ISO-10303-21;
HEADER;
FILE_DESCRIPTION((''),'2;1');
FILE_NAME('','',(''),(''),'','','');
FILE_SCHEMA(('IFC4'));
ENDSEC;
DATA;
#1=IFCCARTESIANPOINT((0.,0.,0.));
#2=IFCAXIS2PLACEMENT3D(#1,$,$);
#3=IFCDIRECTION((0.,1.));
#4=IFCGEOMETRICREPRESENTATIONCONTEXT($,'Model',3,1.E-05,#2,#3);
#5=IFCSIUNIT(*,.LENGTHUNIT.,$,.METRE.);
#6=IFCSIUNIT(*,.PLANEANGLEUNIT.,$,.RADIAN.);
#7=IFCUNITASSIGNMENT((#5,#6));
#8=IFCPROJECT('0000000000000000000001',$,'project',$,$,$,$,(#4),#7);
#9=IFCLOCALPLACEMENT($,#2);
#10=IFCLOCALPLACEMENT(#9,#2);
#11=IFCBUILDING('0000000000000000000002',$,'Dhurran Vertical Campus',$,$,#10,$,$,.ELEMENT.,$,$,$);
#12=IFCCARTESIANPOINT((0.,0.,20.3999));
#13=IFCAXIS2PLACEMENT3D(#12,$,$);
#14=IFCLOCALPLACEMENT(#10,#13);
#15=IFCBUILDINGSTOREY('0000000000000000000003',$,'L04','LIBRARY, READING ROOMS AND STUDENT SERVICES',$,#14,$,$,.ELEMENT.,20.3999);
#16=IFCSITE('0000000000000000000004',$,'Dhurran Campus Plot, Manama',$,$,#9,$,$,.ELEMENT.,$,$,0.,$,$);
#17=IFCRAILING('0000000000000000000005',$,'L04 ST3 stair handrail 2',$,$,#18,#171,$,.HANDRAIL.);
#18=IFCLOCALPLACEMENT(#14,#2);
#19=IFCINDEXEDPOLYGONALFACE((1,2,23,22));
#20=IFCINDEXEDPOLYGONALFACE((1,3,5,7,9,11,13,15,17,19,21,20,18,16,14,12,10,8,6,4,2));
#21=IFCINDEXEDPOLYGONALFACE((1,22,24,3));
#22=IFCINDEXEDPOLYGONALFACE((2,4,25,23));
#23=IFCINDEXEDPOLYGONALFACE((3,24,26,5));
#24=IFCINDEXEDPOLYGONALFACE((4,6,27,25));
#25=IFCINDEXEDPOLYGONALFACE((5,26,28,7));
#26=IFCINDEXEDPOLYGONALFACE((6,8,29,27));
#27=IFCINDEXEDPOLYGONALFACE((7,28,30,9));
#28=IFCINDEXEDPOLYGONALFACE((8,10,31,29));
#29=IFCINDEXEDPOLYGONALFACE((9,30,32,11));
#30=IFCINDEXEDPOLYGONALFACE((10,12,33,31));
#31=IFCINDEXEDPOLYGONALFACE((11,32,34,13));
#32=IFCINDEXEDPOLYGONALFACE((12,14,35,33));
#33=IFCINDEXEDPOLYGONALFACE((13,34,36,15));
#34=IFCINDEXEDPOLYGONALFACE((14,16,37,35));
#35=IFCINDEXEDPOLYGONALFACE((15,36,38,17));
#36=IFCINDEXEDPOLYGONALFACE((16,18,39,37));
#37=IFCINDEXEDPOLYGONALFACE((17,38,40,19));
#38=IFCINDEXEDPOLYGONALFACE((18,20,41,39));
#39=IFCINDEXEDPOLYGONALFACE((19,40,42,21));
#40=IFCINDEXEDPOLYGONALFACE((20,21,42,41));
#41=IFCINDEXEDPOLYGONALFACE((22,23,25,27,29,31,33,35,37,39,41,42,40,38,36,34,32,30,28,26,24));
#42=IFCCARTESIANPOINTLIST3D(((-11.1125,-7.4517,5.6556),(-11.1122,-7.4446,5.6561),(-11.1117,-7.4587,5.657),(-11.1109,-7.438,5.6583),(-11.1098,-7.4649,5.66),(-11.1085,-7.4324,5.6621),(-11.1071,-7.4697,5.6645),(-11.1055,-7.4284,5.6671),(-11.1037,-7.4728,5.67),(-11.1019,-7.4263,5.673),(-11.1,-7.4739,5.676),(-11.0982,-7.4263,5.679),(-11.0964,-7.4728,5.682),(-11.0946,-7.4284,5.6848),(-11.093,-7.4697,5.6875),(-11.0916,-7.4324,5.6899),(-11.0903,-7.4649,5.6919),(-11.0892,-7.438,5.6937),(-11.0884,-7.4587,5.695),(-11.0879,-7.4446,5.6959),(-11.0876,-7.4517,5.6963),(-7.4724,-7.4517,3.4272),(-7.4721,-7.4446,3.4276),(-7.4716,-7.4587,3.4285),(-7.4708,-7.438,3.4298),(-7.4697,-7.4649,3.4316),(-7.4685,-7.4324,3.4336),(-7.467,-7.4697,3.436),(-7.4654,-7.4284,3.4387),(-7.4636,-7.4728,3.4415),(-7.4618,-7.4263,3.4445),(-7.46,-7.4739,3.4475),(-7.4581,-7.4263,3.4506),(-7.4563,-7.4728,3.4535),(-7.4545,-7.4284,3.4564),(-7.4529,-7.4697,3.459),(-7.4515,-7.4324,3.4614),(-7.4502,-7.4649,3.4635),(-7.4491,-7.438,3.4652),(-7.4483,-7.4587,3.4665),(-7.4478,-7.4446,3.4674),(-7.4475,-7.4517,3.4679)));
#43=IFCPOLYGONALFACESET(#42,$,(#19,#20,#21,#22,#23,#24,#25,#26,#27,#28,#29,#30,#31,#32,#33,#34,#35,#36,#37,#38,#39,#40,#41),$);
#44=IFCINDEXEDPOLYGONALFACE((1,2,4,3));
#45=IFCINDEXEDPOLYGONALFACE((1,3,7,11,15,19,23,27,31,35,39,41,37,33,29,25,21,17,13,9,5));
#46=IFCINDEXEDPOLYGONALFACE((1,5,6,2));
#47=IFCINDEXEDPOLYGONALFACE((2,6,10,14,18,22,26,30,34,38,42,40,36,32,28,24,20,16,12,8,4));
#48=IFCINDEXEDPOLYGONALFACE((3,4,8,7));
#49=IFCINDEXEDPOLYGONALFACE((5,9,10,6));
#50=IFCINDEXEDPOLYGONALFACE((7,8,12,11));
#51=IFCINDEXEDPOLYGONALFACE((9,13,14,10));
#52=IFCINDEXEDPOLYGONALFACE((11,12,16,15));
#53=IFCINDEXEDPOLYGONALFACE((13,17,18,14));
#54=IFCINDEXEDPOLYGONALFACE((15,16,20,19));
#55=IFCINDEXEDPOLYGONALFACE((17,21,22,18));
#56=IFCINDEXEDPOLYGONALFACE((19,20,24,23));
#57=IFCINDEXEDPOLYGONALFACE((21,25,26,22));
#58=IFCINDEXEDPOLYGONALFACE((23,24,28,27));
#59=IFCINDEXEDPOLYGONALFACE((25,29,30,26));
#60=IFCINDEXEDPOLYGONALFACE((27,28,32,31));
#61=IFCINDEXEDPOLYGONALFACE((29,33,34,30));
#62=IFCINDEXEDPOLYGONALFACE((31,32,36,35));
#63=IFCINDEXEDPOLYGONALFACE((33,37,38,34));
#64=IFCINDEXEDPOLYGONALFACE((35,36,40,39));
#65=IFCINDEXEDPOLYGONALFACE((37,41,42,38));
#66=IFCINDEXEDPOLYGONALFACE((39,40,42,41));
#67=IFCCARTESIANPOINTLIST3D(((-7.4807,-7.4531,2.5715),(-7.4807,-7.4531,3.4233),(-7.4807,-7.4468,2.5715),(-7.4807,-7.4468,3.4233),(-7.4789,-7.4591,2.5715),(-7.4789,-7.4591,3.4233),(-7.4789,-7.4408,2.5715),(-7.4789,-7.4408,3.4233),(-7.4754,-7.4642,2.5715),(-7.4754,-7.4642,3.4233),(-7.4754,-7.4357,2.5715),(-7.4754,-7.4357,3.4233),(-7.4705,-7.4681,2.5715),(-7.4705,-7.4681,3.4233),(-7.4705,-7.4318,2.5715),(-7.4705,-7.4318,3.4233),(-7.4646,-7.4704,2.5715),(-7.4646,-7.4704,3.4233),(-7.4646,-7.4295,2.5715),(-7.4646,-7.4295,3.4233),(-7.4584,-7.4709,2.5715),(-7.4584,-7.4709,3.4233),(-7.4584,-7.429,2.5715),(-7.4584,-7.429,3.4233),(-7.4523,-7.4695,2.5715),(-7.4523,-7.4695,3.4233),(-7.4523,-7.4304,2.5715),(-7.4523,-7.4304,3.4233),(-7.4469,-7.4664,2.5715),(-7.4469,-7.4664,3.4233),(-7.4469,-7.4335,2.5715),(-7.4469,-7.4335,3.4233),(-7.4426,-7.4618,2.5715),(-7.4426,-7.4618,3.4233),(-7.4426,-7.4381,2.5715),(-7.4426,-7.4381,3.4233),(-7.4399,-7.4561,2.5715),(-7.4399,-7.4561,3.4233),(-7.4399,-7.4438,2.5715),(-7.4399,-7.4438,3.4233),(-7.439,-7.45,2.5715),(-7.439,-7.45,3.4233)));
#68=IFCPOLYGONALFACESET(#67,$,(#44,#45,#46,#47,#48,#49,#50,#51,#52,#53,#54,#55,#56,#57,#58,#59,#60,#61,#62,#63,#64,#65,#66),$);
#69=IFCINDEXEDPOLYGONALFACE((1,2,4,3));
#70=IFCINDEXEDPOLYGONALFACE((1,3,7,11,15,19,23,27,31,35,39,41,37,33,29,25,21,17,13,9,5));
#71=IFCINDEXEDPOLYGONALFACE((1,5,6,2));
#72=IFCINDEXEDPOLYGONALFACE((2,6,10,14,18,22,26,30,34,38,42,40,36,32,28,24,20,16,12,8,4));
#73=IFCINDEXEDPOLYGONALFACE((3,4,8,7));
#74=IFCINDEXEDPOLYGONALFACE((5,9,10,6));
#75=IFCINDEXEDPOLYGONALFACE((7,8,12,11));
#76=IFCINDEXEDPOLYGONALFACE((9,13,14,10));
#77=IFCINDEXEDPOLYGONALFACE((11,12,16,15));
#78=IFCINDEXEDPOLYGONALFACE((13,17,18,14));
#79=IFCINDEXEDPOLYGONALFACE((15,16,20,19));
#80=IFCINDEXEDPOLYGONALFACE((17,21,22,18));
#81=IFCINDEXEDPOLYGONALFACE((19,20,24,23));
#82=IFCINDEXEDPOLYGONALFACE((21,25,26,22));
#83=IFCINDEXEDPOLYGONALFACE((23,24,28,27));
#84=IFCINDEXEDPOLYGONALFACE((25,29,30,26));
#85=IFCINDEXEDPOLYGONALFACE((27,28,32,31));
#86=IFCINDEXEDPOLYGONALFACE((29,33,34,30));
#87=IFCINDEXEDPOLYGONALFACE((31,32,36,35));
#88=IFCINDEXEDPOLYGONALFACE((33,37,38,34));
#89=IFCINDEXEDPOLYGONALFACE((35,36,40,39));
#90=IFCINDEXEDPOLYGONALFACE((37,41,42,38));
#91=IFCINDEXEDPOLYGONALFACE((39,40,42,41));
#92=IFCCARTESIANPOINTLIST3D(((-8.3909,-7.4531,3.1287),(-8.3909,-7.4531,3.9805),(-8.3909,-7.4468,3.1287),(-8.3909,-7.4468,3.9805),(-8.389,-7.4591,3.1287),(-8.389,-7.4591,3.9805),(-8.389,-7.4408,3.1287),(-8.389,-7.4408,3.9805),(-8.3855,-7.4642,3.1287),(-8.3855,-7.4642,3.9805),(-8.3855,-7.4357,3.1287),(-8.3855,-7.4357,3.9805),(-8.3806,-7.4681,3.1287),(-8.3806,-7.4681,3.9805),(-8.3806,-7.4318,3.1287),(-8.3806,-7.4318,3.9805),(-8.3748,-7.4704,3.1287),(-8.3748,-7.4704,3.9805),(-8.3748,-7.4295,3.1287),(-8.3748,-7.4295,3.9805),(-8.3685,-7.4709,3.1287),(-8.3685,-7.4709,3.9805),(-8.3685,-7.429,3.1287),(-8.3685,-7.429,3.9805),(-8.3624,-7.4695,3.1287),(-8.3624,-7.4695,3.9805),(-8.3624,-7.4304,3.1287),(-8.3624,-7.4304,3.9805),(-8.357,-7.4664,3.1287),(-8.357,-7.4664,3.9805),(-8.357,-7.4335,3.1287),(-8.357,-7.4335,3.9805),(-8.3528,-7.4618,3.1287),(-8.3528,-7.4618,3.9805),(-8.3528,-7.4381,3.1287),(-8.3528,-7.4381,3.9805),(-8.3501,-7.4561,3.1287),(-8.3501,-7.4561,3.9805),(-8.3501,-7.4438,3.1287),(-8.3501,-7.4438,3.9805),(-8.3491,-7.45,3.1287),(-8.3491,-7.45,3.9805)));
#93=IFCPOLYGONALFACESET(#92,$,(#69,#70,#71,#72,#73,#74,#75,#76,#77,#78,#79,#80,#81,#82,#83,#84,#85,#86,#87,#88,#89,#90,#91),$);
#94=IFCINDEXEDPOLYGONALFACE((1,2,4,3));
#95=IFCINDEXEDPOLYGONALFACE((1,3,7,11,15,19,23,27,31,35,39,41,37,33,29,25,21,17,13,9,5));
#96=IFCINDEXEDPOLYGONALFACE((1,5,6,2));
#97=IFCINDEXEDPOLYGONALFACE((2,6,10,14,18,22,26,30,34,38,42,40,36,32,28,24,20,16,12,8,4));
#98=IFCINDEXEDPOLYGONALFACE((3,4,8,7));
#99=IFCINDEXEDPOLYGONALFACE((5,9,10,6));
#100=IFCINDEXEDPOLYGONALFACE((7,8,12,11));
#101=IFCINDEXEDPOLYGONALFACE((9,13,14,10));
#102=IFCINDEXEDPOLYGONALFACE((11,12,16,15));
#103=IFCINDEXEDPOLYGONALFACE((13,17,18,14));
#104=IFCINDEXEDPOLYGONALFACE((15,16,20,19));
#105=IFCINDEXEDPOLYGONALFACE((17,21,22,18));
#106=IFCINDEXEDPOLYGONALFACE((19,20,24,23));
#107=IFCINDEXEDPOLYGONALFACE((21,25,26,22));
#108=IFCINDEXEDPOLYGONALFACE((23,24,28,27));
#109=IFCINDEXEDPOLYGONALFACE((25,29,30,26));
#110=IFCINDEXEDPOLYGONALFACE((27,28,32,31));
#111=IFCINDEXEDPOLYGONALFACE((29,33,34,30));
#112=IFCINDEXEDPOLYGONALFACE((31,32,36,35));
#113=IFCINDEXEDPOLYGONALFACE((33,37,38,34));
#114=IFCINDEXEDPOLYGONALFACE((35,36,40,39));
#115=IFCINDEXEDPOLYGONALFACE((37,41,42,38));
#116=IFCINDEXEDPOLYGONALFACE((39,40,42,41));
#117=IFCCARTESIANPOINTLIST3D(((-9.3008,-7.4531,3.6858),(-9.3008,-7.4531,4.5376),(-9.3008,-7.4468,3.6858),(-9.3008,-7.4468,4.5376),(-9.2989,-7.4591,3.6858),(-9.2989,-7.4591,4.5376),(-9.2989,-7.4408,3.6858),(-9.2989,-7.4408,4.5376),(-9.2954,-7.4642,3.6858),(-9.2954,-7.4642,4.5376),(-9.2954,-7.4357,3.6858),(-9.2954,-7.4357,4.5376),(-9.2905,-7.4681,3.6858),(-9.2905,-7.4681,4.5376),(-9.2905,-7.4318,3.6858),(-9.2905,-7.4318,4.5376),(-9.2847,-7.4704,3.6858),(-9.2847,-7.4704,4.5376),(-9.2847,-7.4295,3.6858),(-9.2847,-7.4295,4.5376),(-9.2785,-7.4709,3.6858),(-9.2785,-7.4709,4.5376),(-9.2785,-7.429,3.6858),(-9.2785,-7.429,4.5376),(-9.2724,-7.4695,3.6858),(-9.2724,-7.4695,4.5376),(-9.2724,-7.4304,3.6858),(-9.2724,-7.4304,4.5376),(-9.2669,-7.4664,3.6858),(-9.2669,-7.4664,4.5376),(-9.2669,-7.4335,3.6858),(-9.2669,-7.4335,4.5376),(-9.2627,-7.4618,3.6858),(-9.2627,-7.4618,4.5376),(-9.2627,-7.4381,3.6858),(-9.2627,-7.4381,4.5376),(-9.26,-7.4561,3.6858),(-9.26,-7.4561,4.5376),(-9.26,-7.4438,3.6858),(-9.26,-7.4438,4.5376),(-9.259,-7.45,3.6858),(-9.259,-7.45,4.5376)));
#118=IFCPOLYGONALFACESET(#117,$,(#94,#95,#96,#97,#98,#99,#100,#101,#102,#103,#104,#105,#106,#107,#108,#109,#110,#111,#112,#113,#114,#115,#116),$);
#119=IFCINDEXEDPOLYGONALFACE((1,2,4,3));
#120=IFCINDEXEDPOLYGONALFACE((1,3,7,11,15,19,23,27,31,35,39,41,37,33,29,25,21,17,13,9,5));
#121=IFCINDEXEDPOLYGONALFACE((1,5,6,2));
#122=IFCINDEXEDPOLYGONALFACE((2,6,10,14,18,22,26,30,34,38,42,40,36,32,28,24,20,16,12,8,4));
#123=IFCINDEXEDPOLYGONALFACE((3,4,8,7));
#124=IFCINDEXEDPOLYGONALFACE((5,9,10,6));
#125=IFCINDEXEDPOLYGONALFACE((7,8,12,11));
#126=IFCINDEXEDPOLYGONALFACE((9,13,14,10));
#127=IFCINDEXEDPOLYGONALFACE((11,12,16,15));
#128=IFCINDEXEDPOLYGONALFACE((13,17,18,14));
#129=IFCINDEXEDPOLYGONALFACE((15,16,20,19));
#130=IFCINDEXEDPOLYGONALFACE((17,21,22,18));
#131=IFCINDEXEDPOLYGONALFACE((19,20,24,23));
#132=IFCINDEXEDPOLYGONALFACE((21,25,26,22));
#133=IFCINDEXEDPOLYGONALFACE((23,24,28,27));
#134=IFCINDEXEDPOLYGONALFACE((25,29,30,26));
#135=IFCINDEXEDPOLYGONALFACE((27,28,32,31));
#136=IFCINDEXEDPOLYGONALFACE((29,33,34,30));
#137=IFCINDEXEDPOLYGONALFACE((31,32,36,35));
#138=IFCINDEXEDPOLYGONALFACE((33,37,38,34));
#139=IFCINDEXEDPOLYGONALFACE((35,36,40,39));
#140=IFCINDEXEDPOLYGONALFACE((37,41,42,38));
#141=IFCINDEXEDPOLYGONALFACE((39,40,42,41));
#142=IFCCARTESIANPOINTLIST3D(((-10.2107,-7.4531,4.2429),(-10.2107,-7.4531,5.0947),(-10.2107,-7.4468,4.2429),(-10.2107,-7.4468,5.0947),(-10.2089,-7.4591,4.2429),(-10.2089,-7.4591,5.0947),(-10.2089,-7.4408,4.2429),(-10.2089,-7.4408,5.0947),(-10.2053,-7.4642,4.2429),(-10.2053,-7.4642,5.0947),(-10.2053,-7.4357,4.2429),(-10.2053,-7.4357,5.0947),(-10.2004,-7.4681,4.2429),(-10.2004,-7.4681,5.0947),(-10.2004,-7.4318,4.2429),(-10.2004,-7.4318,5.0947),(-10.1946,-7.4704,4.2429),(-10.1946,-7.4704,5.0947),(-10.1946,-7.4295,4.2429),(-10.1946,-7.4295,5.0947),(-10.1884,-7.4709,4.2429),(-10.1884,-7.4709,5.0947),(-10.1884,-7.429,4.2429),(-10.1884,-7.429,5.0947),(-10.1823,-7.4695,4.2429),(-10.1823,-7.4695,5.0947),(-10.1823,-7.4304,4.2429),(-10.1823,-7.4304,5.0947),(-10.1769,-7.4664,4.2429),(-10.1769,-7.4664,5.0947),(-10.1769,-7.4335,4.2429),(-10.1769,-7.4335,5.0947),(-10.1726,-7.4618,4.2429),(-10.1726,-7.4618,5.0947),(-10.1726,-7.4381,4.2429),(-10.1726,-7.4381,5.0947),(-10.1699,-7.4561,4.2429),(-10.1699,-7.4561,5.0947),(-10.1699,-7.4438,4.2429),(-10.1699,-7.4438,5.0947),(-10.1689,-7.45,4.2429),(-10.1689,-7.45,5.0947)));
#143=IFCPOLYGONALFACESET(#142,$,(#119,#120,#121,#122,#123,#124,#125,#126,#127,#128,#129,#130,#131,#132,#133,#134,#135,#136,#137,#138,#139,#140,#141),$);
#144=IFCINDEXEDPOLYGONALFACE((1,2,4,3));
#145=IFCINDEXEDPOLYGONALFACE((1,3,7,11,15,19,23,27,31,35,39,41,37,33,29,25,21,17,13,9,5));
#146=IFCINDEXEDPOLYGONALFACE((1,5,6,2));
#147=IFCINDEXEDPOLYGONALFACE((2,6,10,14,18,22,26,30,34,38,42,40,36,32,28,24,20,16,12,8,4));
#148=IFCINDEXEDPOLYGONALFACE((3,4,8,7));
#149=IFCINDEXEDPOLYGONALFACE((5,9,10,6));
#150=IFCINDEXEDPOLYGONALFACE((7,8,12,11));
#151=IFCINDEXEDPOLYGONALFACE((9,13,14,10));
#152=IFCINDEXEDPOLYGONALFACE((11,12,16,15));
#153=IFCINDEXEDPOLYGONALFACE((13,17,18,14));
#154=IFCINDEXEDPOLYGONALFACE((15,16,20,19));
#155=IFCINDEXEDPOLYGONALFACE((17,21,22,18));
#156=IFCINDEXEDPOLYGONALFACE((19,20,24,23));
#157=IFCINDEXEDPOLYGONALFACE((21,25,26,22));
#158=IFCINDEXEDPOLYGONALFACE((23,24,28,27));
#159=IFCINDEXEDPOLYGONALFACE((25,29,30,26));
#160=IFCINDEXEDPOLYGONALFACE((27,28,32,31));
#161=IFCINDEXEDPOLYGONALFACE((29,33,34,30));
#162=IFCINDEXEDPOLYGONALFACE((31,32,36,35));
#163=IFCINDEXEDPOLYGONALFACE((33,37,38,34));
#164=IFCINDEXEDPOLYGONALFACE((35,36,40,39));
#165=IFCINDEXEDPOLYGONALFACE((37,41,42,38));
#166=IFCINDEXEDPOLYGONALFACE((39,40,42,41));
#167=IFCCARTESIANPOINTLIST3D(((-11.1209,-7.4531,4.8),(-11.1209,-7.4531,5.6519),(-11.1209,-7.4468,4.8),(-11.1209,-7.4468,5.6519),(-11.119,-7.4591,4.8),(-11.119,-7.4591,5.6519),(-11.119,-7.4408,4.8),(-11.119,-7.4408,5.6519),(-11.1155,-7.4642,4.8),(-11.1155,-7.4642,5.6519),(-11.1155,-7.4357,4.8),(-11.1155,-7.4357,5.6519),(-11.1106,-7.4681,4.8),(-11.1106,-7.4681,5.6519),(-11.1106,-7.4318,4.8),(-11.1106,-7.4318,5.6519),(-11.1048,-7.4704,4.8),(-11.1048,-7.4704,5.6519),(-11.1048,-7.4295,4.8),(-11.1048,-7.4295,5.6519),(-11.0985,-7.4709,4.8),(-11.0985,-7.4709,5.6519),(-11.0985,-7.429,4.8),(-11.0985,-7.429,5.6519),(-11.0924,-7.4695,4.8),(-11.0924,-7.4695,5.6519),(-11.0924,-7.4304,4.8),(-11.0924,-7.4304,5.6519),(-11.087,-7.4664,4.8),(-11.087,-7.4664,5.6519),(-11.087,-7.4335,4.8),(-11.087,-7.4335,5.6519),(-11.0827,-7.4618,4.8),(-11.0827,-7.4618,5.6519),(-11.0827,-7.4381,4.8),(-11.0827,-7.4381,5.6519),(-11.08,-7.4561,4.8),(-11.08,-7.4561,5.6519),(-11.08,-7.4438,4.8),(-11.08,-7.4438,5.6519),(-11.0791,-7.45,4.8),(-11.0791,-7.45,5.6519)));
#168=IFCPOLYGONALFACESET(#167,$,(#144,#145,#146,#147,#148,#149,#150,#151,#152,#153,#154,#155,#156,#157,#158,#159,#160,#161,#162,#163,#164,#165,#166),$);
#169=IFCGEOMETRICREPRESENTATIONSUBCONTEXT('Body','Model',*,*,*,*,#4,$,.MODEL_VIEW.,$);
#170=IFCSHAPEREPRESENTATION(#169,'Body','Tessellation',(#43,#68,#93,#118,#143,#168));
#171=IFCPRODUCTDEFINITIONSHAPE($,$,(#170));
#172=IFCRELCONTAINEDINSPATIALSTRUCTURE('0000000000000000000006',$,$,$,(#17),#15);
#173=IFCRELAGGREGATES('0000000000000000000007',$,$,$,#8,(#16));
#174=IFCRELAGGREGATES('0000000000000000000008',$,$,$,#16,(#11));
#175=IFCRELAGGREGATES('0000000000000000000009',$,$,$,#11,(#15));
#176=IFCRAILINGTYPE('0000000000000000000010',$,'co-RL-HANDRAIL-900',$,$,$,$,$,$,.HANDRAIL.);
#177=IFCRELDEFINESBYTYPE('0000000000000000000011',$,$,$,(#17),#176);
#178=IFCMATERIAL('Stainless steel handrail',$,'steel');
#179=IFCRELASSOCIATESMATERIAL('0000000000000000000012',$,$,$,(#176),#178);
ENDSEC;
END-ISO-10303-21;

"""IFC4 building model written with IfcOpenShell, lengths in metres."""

from ifc_helpers import new_model, si_unit, direction, frame, origin, origin_2d, place, context, subcontext, project, spatial, circle, extrude, material, type_object, element, save


model = new_model("IFC4")

# Units and contexts
model_context = context("Model", 3, precision=1e-05, world=origin(), true_north=direction((0.0, 1.0)))
body_context = subcontext(model_context, "Body", "Model", "MODEL_VIEW")
ifc_project = project(units=[si_unit("LENGTHUNIT", "METRE"), si_unit("PLANEANGLEUNIT", "RADIAN")], contexts=[model_context])

# Site, building, storey
site_placement = place(None, origin())
site = spatial("IfcSite", under=ifc_project, at=site_placement, Name="Dhurran Campus Plot, Manama", CompositionType="ELEMENT", RefElevation=0.0)
building_placement = place(site_placement, origin())
building = spatial("IfcBuilding", under=site, at=building_placement, Name="Dhurran Vertical Campus", CompositionType="ELEMENT")
storey_placement = place(building_placement, frame((0.0, 0.0, 20.3999)))
storey = spatial("IfcBuildingStorey", under=building, at=storey_placement, Name="L04", Description="LIBRARY, READING ROOMS AND STUDENT SERVICES", CompositionType="ELEMENT", Elevation=20.3999)

# Railing
ifc_material_1 = material(Name="Stainless steel handrail", Category="steel")
railing_type = type_object("IfcRailingType", Name="co-RL-HANDRAIL-900", PredefinedType="HANDRAIL", material=ifc_material_1)
railing_placement = place(storey_placement, frame((-7.46, -7.45, 2.5715)))
element("IfcRailing", 1, at=railing_placement, inside=storey, type_object=railing_type, Name="L04 ST3 stair handrail 2", PredefinedType="HANDRAIL", context=body_context, shape_type="SweptSolid", body=[
    extrude(circle(Radius=0.0239, at=origin_2d()), frame((0.0, 0.0, 0.876), z_axis=(-0.852866, 0.0, 0.52213), x_axis=(0.0, -1.0, 0.0)), (0.0, 0.0, 1.0), 4.2681),
    extrude(circle(Radius=0.021, at=origin_2d()), origin(), (0.0, 0.0, 1.0), 0.8518),
    extrude(circle(Radius=0.021, at=origin_2d()), frame((-0.9102, 0.0, 0.5571)), (0.0, 0.0, 1.0), 0.8518),
    extrude(circle(Radius=0.021, at=origin_2d()), frame((-1.8201, 0.0, 1.1143)), (0.0, 0.0, 1.0), 0.8518),
    extrude(circle(Radius=0.021, at=origin_2d()), frame((-2.73, 0.0, 1.6714)), (0.0, 0.0, 1.0), 0.8518),
    extrude(circle(Radius=0.021, at=origin_2d()), frame((-3.6401, 0.0, 2.2285)), (0.0, 0.0, 1.0), 0.8518),
])

save(model, "model.ifc")
